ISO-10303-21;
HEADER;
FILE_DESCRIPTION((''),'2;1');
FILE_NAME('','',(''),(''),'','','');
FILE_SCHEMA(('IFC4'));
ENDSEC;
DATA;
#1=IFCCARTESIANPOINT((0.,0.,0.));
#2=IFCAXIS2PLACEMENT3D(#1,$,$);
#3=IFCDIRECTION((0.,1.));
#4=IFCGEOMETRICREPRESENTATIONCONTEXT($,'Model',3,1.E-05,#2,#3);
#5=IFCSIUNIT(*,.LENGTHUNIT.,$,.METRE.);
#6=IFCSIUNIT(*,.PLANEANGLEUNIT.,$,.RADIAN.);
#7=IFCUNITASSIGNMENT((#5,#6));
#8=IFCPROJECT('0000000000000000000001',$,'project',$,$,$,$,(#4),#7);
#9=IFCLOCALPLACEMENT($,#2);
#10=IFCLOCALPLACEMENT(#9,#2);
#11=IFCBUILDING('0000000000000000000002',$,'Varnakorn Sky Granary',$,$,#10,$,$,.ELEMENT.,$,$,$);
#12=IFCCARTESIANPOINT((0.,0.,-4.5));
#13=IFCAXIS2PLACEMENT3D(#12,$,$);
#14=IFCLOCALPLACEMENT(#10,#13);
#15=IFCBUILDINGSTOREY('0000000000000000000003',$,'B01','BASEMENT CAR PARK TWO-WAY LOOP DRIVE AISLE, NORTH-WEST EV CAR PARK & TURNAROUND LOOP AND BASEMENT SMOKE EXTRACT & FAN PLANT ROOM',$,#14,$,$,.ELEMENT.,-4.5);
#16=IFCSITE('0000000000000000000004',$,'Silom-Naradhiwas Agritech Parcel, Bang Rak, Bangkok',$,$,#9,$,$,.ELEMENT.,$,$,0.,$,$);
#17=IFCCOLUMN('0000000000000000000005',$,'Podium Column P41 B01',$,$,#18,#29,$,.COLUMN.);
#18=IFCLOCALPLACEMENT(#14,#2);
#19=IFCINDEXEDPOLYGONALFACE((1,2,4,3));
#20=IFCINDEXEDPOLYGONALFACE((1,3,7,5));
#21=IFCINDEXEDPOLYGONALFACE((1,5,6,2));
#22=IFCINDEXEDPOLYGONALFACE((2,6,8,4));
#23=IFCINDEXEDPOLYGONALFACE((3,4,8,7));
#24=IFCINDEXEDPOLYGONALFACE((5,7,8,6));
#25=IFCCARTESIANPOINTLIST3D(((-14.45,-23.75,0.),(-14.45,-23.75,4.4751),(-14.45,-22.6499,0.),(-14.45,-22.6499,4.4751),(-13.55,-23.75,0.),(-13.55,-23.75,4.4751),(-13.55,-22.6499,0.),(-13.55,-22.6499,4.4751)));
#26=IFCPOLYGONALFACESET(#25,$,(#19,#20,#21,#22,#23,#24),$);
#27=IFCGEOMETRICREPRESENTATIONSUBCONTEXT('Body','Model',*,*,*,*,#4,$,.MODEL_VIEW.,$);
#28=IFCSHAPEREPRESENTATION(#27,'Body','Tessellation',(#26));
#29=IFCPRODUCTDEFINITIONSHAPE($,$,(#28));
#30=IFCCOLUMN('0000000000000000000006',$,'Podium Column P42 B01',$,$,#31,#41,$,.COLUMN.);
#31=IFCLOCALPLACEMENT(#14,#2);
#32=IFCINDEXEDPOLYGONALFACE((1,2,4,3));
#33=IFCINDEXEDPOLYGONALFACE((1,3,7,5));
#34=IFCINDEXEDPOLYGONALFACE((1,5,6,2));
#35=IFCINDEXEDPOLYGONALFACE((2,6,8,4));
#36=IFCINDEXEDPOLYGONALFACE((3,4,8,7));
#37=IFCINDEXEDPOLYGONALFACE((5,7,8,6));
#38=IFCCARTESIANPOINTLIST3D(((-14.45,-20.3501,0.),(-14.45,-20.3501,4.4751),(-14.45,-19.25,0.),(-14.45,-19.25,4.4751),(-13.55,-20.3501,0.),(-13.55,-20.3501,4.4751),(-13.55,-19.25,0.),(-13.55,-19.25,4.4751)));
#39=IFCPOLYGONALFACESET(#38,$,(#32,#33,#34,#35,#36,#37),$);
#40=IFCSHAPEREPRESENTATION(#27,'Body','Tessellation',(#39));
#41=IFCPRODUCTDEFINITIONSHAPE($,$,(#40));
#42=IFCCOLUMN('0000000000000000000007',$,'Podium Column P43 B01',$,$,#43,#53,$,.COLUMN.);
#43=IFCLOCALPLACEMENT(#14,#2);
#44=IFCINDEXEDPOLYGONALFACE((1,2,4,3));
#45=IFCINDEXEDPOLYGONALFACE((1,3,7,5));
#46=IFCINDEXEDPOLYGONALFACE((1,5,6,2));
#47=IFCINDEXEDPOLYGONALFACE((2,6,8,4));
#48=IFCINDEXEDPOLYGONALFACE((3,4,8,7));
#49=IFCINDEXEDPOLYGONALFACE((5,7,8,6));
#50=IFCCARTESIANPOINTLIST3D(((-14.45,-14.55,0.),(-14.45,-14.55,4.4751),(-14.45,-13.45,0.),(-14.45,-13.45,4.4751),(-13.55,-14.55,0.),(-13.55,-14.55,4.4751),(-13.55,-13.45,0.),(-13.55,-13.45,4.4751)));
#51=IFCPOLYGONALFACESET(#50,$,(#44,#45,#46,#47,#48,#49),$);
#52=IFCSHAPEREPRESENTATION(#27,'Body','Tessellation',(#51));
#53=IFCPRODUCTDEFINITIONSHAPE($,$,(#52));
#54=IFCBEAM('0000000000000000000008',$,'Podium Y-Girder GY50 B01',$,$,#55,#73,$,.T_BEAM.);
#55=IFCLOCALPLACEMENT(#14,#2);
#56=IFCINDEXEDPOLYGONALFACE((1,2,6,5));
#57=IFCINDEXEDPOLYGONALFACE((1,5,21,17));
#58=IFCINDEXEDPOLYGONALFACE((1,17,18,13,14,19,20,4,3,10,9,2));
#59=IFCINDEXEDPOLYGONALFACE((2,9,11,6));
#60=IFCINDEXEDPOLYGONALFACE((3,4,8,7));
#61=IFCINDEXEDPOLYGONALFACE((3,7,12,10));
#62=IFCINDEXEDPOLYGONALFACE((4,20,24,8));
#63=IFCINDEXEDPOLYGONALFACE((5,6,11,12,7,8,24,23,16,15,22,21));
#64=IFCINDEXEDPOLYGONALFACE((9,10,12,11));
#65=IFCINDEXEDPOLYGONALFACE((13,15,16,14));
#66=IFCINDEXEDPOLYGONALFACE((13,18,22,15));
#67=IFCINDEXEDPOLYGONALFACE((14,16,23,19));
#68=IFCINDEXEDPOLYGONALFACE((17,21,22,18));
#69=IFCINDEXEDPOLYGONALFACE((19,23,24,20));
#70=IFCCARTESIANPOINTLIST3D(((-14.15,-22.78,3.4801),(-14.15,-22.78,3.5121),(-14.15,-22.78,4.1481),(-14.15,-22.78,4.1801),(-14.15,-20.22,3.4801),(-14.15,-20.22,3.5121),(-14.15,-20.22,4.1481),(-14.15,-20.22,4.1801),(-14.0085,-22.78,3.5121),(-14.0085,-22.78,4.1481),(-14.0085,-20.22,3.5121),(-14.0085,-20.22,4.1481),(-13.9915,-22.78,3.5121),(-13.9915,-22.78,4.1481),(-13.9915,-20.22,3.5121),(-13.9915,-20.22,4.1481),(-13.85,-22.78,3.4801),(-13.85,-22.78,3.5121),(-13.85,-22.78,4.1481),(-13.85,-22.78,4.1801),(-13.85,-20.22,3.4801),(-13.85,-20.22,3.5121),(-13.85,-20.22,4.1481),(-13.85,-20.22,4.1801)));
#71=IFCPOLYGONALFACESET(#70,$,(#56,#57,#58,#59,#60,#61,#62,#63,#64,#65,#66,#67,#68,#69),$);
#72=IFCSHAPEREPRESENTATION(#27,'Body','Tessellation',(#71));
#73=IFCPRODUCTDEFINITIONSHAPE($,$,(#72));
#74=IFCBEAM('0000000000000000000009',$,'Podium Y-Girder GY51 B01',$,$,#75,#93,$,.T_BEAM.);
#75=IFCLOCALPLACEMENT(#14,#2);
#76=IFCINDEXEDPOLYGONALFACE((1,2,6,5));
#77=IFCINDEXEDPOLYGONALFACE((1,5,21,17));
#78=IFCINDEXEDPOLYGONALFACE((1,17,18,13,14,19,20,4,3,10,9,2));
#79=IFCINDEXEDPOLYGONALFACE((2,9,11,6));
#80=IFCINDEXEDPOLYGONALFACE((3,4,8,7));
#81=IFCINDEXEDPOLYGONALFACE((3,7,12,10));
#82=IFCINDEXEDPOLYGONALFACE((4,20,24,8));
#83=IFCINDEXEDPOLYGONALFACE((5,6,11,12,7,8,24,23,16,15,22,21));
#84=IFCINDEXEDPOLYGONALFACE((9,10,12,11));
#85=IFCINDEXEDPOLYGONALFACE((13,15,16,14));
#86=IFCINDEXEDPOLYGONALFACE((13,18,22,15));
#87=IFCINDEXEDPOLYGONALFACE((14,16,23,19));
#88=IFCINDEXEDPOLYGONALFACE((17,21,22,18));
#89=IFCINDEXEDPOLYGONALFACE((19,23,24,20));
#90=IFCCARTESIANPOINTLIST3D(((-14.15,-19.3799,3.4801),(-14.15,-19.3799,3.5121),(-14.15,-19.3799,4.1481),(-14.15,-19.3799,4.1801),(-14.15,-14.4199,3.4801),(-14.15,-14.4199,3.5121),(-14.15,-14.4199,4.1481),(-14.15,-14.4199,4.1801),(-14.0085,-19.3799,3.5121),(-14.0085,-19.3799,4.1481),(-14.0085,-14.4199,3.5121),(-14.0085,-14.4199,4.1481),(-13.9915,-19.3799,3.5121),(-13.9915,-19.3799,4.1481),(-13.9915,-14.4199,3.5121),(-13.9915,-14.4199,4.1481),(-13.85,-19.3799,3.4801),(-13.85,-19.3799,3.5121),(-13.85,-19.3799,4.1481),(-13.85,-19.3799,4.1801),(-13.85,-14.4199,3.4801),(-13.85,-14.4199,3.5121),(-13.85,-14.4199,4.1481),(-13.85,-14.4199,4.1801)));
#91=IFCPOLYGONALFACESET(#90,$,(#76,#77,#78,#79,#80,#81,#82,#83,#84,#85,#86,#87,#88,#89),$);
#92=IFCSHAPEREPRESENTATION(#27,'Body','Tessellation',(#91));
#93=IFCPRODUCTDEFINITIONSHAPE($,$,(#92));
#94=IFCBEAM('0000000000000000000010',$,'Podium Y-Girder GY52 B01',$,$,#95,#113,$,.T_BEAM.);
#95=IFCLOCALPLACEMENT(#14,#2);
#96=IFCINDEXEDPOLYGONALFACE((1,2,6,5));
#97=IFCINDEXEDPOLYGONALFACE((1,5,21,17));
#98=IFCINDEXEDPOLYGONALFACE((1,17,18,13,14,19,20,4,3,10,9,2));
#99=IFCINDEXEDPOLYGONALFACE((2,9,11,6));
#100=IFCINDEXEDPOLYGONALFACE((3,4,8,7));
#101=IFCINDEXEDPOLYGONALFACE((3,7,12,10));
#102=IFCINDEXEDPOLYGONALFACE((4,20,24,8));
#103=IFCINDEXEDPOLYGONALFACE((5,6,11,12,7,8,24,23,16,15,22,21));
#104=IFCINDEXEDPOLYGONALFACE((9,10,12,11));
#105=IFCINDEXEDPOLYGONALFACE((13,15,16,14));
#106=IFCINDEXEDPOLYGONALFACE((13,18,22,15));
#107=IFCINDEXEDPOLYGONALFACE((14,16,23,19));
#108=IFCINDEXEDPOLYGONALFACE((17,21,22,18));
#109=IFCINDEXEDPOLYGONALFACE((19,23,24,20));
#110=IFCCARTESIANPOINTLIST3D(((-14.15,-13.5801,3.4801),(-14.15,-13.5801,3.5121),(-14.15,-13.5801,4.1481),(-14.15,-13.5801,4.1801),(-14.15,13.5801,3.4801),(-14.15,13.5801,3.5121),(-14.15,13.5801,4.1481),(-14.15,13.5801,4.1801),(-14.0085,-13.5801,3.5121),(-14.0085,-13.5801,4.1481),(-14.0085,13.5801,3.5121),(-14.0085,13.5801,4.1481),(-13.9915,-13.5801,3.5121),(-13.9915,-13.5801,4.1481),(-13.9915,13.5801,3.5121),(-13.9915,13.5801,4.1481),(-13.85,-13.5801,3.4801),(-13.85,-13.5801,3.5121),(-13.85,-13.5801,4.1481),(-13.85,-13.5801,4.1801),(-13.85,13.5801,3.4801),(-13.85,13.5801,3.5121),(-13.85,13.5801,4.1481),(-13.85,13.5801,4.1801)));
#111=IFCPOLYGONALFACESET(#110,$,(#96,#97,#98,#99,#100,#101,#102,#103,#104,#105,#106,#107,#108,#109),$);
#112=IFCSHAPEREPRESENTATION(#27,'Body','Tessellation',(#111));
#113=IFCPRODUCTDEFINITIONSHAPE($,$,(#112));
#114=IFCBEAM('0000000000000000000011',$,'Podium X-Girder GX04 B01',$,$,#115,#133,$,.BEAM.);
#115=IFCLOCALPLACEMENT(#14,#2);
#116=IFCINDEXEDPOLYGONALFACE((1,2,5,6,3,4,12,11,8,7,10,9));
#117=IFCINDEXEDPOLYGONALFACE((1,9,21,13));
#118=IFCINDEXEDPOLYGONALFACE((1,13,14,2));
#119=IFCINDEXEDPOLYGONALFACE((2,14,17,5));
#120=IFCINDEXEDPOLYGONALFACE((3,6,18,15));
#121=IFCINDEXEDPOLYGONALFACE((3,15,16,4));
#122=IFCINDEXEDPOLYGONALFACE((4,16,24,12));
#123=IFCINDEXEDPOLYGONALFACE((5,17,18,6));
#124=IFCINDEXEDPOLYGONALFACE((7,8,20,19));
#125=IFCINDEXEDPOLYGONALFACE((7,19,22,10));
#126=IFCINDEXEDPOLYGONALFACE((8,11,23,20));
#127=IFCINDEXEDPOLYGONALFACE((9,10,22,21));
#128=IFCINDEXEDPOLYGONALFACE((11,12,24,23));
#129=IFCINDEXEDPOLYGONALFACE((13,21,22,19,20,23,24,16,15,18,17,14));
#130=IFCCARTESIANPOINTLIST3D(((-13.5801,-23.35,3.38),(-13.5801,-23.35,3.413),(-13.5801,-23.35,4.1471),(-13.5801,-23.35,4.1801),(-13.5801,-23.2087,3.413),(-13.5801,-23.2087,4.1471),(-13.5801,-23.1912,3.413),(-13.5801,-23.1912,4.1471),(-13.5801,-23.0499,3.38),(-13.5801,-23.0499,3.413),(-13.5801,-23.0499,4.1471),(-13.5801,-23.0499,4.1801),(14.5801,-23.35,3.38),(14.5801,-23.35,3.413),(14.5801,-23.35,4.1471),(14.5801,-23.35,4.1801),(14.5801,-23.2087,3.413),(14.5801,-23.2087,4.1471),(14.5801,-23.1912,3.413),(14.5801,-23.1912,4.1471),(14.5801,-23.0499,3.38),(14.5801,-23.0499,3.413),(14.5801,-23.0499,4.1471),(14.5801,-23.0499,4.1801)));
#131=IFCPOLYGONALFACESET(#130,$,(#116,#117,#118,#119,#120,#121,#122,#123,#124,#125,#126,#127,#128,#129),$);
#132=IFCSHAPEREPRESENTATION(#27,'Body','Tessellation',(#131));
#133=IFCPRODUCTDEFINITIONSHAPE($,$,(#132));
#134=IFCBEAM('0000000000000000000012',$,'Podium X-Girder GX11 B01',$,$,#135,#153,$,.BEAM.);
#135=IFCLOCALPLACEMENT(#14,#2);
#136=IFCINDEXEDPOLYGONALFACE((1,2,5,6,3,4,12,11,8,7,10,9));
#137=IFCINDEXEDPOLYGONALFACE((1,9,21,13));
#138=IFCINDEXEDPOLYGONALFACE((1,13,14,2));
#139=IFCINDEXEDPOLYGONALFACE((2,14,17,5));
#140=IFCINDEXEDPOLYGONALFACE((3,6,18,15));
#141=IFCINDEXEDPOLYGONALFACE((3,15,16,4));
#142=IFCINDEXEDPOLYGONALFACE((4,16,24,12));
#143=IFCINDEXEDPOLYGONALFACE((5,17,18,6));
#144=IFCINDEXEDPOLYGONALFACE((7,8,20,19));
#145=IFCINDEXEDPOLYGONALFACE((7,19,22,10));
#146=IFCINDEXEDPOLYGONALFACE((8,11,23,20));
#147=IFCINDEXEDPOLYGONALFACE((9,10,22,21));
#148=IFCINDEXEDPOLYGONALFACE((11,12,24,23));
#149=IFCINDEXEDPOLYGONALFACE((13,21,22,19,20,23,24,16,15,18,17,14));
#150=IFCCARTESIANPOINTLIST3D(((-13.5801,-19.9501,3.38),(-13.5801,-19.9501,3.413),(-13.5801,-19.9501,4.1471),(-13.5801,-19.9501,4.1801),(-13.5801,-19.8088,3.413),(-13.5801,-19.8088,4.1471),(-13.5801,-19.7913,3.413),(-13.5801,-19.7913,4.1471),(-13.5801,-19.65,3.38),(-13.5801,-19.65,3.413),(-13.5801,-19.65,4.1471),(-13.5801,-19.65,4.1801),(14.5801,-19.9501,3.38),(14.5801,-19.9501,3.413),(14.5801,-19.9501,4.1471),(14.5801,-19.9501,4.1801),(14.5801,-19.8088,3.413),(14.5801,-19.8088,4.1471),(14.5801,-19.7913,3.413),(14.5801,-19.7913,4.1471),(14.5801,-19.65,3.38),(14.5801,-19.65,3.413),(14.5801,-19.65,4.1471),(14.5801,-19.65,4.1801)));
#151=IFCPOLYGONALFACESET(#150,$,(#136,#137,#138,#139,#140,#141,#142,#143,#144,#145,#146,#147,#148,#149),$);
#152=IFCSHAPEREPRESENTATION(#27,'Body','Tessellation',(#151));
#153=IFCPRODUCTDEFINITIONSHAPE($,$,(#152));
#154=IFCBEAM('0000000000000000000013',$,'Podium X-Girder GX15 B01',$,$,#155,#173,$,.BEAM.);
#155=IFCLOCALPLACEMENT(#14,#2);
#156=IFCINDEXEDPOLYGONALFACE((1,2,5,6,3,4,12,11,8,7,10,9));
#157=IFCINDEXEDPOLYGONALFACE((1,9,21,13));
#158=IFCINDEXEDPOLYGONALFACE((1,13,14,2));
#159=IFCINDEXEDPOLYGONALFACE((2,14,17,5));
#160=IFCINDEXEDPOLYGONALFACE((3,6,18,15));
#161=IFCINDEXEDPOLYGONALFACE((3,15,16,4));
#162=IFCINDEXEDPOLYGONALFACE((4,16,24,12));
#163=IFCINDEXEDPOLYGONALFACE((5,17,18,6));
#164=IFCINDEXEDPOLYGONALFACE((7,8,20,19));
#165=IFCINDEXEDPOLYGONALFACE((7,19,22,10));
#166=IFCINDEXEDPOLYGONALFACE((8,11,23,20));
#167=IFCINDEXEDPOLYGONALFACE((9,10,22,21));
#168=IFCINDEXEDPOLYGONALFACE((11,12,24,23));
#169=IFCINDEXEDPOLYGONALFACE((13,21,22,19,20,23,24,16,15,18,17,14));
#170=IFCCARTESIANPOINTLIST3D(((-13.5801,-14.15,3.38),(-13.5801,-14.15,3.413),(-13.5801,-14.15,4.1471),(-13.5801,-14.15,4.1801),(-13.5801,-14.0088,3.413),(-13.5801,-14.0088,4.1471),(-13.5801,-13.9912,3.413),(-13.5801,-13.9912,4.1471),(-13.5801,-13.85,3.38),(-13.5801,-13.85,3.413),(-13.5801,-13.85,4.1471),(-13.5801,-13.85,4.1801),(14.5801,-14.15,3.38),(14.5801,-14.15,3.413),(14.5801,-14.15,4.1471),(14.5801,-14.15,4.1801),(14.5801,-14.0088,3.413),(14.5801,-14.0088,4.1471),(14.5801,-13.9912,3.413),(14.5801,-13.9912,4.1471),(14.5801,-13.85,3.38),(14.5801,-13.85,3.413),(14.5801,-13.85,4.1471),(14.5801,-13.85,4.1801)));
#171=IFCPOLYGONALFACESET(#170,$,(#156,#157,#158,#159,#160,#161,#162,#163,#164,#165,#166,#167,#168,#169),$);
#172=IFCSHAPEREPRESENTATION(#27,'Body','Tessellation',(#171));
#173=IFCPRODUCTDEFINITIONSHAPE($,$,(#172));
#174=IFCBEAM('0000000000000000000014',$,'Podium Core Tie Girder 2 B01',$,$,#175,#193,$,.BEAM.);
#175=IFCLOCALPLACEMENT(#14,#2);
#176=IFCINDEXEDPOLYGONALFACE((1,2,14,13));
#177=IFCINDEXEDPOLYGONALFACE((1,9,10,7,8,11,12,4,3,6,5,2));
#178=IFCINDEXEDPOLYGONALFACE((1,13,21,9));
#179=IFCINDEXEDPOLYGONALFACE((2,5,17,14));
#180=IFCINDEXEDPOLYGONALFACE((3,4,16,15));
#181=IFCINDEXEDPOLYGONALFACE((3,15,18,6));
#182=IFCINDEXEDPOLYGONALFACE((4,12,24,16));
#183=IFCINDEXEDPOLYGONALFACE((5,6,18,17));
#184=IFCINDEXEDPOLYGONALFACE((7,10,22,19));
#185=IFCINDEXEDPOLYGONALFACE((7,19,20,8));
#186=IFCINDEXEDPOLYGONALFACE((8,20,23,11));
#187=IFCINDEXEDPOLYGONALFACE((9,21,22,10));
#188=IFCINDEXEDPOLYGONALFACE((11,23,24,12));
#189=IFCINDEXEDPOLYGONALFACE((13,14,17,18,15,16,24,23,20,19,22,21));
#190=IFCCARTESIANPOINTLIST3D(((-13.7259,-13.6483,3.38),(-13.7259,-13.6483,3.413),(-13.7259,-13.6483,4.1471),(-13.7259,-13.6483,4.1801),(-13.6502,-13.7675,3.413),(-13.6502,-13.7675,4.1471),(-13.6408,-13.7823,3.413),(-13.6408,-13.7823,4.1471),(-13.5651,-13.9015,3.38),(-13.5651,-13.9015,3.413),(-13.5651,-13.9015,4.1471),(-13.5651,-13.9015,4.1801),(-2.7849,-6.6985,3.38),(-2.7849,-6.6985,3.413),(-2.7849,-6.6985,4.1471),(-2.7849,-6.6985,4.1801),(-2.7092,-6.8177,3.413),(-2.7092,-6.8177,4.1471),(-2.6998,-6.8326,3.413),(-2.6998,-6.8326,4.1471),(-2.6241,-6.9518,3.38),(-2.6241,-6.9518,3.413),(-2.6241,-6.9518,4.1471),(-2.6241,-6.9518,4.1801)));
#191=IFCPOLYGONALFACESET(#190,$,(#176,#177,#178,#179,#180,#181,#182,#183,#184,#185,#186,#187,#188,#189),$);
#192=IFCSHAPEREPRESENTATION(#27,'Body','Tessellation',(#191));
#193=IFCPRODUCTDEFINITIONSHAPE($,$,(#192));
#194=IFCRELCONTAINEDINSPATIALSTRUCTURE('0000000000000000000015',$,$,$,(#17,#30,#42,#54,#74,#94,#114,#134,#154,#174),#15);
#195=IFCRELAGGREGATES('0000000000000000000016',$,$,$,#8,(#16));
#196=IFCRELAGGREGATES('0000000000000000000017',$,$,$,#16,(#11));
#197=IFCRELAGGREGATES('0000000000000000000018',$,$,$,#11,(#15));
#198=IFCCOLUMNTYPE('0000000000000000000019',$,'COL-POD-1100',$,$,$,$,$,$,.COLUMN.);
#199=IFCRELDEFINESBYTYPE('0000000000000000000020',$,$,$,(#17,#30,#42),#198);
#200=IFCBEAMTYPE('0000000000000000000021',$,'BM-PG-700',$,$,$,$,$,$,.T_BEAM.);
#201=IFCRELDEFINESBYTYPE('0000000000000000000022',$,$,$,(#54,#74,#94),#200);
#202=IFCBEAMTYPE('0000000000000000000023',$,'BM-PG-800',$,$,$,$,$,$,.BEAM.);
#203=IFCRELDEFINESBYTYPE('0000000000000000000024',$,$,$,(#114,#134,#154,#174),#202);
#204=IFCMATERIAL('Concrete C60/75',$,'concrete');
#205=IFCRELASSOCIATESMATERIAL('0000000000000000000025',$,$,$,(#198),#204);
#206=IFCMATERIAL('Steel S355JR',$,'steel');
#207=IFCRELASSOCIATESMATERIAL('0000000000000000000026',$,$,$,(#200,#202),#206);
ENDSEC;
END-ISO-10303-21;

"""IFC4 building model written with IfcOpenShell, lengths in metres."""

from ifc_helpers import new_model, si_unit, direction, frame, origin, origin_2d, place, context, subcontext, project, spatial, rectangle, i_section, extrude, material, material_profile, profile_set, type_object, element, save


model = new_model("IFC4")

# Units and contexts
model_context = context("Model", 3, precision=1e-05, world=origin(), true_north=direction((0.0, 1.0)))
body_context = subcontext(model_context, "Body", "Model", "MODEL_VIEW")
ifc_project = project(units=[si_unit("LENGTHUNIT", "METRE"), si_unit("PLANEANGLEUNIT", "RADIAN")], contexts=[model_context])

# Site, building, storey
site_placement = place(None, origin())
site = spatial("IfcSite", under=ifc_project, at=site_placement, Name="Silom-Naradhiwas Agritech Parcel, Bang Rak, Bangkok", CompositionType="ELEMENT", RefElevation=0.0)
building_placement = place(site_placement, origin())
building = spatial("IfcBuilding", under=site, at=building_placement, Name="Varnakorn Sky Granary", CompositionType="ELEMENT")
storey_placement = place(building_placement, frame((0.0, 0.0, -4.5)))
storey = spatial("IfcBuildingStorey", under=building, at=storey_placement, Name="B01", Description="BASEMENT CAR PARK TWO-WAY LOOP DRIVE AISLE, NORTH-WEST EV CAR PARK & TURNAROUND LOOP AND BASEMENT SMOKE EXTRACT & FAN PLANT ROOM", CompositionType="ELEMENT", Elevation=-4.5)

# Columns
ifc_material_1 = material(Name="Concrete C60/75", Category="concrete")
ifc_material_profile_1 = material_profile(ifc_material_1, rectangle(XDim=0.8999, YDim=1.1001, at=origin_2d()), Name="RC 900x1100")
ifc_profile_set_1 = profile_set([ifc_material_profile_1], Name="Concrete C60/75")
column_type = type_object("IfcColumnType", Name="COL-POD-1100", PredefinedType="COLUMN", material=ifc_profile_set_1)
for number, where, z_axis, x_axis, name in (
    (1, (-14.0, -23.2, 0.0), (0.0, 0.0, 1.0), (1.0, 0.0, 0.0), "Podium Column P41 B01"),
    (2, (-14.0, -19.8, 0.0), (0.0, 0.0, 1.0), (1.0, 0.0, 0.0), "Podium Column P42 B01"),
    (3, (-14.0, -14.0, 0.0), (0.0, 0.0, 1.0), (1.0, 0.0, 0.0), "Podium Column P43 B01"),
):
    element("IfcColumn", number, at=place(storey_placement, frame(where, z_axis=z_axis, x_axis=x_axis)), inside=storey, type_object=column_type, Name=name, PredefinedType="COLUMN", context=body_context, shape_type="SweptSolid", body=[
        extrude(rectangle(XDim=0.8999, YDim=1.1001, at=origin_2d()), origin(), (0.0, 0.0, 1.0), 4.4751),
    ])

# Beams
ifc_material_2 = material(Name="Steel S355JR", Category="steel")
ifc_material_profile_2 = material_profile(ifc_material_2, i_section(OverallWidth=0.3, OverallDepth=0.7, WebThickness=0.0171, FlangeThickness=0.032, at=origin_2d()), Name="HE 700 B")
ifc_profile_set_2 = profile_set([ifc_material_profile_2], Name="Steel S355JR")
beam_type_1 = type_object("IfcBeamType", Name="BM-PG-700", PredefinedType="T_BEAM", material=ifc_profile_set_2)
beam_1_placement = place(storey_placement, frame((-14.0, -22.78, 3.8301), z_axis=(0.0, 1.0, 0.0), x_axis=(-1.0, 0.0, 0.0)))
element("IfcBeam", 4, at=beam_1_placement, inside=storey, type_object=beam_type_1, Name="Podium Y-Girder GY50 B01", PredefinedType="T_BEAM", context=body_context, shape_type="SweptSolid", body=[
    extrude(i_section(OverallWidth=0.3, OverallDepth=0.7, WebThickness=0.0171, FlangeThickness=0.032, at=origin_2d()), origin(), (0.0, 0.0, 1.0), 2.5601),
])
beam_2_placement = place(storey_placement, frame((-14.0, -19.3799, 3.8301), z_axis=(0.0, 1.0, 0.0), x_axis=(-1.0, 0.0, 0.0)))
element("IfcBeam", 5, at=beam_2_placement, inside=storey, type_object=beam_type_1, Name="Podium Y-Girder GY51 B01", PredefinedType="T_BEAM", context=body_context, shape_type="SweptSolid", body=[
    extrude(i_section(OverallWidth=0.3, OverallDepth=0.7, WebThickness=0.0171, FlangeThickness=0.032, at=origin_2d()), origin(), (0.0, 0.0, 1.0), 4.96),
])
beam_3_placement = place(storey_placement, frame((-14.0, -13.5801, 3.8301), z_axis=(0.0, 1.0, 0.0), x_axis=(-1.0, 0.0, 0.0)))
element("IfcBeam", 6, at=beam_3_placement, inside=storey, type_object=beam_type_1, Name="Podium Y-Girder GY52 B01", PredefinedType="T_BEAM", context=body_context, shape_type="SweptSolid", body=[
    extrude(i_section(OverallWidth=0.3, OverallDepth=0.7, WebThickness=0.0171, FlangeThickness=0.032, at=origin_2d()), origin(), (0.0, 0.0, 1.0), 27.1602),
])
ifc_material_profile_3 = material_profile(ifc_material_2, i_section(OverallWidth=0.3, OverallDepth=0.8, WebThickness=0.0176, FlangeThickness=0.033, at=origin_2d()), Name="HE 800 B")
ifc_profile_set_3 = profile_set([ifc_material_profile_3], Name="Steel S355JR")
beam_type_2 = type_object("IfcBeamType", Name="BM-PG-800", PredefinedType="BEAM", material=ifc_profile_set_3)
for number, where, z_axis, x_axis, name in (
    (7, (-13.5801, -23.2, 3.78), (1.0, 0.0, 0.0), (0.0, 1.0, 0.0), "Podium X-Girder GX04 B01"),
    (8, (-13.5801, -19.8, 3.78), (1.0, 0.0, 0.0), (0.0, 1.0, 0.0), "Podium X-Girder GX11 B01"),
    (9, (-13.5801, -14.0, 3.78), (1.0, 0.0, 0.0), (0.0, 1.0, 0.0), "Podium X-Girder GX15 B01"),
):
    element("IfcBeam", number, at=place(storey_placement, frame(where, z_axis=z_axis, x_axis=x_axis)), inside=storey, type_object=beam_type_2, Name=name, PredefinedType="BEAM", context=body_context, shape_type="SweptSolid", body=[
        extrude(i_section(OverallWidth=0.3, OverallDepth=0.8, WebThickness=0.0176, FlangeThickness=0.033, at=origin_2d()), origin(), (0.0, 0.0, 1.0), 28.1602),
    ])
beam_4_placement = place(storey_placement, frame((-13.6455, -13.7749, 3.78), z_axis=(0.844105, 0.536178, 0.0), x_axis=(-0.536178, 0.844105, 0.0)))
element("IfcBeam", 10, at=beam_4_placement, inside=storey, type_object=beam_type_2, Name="Podium Core Tie Girder 2 B01", PredefinedType="BEAM", context=body_context, shape_type="SweptSolid", body=[
    extrude(i_section(OverallWidth=0.3, OverallDepth=0.8, WebThickness=0.0176, FlangeThickness=0.033, at=origin_2d()), origin(), (0.0, 0.0, 1.0), 12.9617),
])

save(model, "model.ifc")
